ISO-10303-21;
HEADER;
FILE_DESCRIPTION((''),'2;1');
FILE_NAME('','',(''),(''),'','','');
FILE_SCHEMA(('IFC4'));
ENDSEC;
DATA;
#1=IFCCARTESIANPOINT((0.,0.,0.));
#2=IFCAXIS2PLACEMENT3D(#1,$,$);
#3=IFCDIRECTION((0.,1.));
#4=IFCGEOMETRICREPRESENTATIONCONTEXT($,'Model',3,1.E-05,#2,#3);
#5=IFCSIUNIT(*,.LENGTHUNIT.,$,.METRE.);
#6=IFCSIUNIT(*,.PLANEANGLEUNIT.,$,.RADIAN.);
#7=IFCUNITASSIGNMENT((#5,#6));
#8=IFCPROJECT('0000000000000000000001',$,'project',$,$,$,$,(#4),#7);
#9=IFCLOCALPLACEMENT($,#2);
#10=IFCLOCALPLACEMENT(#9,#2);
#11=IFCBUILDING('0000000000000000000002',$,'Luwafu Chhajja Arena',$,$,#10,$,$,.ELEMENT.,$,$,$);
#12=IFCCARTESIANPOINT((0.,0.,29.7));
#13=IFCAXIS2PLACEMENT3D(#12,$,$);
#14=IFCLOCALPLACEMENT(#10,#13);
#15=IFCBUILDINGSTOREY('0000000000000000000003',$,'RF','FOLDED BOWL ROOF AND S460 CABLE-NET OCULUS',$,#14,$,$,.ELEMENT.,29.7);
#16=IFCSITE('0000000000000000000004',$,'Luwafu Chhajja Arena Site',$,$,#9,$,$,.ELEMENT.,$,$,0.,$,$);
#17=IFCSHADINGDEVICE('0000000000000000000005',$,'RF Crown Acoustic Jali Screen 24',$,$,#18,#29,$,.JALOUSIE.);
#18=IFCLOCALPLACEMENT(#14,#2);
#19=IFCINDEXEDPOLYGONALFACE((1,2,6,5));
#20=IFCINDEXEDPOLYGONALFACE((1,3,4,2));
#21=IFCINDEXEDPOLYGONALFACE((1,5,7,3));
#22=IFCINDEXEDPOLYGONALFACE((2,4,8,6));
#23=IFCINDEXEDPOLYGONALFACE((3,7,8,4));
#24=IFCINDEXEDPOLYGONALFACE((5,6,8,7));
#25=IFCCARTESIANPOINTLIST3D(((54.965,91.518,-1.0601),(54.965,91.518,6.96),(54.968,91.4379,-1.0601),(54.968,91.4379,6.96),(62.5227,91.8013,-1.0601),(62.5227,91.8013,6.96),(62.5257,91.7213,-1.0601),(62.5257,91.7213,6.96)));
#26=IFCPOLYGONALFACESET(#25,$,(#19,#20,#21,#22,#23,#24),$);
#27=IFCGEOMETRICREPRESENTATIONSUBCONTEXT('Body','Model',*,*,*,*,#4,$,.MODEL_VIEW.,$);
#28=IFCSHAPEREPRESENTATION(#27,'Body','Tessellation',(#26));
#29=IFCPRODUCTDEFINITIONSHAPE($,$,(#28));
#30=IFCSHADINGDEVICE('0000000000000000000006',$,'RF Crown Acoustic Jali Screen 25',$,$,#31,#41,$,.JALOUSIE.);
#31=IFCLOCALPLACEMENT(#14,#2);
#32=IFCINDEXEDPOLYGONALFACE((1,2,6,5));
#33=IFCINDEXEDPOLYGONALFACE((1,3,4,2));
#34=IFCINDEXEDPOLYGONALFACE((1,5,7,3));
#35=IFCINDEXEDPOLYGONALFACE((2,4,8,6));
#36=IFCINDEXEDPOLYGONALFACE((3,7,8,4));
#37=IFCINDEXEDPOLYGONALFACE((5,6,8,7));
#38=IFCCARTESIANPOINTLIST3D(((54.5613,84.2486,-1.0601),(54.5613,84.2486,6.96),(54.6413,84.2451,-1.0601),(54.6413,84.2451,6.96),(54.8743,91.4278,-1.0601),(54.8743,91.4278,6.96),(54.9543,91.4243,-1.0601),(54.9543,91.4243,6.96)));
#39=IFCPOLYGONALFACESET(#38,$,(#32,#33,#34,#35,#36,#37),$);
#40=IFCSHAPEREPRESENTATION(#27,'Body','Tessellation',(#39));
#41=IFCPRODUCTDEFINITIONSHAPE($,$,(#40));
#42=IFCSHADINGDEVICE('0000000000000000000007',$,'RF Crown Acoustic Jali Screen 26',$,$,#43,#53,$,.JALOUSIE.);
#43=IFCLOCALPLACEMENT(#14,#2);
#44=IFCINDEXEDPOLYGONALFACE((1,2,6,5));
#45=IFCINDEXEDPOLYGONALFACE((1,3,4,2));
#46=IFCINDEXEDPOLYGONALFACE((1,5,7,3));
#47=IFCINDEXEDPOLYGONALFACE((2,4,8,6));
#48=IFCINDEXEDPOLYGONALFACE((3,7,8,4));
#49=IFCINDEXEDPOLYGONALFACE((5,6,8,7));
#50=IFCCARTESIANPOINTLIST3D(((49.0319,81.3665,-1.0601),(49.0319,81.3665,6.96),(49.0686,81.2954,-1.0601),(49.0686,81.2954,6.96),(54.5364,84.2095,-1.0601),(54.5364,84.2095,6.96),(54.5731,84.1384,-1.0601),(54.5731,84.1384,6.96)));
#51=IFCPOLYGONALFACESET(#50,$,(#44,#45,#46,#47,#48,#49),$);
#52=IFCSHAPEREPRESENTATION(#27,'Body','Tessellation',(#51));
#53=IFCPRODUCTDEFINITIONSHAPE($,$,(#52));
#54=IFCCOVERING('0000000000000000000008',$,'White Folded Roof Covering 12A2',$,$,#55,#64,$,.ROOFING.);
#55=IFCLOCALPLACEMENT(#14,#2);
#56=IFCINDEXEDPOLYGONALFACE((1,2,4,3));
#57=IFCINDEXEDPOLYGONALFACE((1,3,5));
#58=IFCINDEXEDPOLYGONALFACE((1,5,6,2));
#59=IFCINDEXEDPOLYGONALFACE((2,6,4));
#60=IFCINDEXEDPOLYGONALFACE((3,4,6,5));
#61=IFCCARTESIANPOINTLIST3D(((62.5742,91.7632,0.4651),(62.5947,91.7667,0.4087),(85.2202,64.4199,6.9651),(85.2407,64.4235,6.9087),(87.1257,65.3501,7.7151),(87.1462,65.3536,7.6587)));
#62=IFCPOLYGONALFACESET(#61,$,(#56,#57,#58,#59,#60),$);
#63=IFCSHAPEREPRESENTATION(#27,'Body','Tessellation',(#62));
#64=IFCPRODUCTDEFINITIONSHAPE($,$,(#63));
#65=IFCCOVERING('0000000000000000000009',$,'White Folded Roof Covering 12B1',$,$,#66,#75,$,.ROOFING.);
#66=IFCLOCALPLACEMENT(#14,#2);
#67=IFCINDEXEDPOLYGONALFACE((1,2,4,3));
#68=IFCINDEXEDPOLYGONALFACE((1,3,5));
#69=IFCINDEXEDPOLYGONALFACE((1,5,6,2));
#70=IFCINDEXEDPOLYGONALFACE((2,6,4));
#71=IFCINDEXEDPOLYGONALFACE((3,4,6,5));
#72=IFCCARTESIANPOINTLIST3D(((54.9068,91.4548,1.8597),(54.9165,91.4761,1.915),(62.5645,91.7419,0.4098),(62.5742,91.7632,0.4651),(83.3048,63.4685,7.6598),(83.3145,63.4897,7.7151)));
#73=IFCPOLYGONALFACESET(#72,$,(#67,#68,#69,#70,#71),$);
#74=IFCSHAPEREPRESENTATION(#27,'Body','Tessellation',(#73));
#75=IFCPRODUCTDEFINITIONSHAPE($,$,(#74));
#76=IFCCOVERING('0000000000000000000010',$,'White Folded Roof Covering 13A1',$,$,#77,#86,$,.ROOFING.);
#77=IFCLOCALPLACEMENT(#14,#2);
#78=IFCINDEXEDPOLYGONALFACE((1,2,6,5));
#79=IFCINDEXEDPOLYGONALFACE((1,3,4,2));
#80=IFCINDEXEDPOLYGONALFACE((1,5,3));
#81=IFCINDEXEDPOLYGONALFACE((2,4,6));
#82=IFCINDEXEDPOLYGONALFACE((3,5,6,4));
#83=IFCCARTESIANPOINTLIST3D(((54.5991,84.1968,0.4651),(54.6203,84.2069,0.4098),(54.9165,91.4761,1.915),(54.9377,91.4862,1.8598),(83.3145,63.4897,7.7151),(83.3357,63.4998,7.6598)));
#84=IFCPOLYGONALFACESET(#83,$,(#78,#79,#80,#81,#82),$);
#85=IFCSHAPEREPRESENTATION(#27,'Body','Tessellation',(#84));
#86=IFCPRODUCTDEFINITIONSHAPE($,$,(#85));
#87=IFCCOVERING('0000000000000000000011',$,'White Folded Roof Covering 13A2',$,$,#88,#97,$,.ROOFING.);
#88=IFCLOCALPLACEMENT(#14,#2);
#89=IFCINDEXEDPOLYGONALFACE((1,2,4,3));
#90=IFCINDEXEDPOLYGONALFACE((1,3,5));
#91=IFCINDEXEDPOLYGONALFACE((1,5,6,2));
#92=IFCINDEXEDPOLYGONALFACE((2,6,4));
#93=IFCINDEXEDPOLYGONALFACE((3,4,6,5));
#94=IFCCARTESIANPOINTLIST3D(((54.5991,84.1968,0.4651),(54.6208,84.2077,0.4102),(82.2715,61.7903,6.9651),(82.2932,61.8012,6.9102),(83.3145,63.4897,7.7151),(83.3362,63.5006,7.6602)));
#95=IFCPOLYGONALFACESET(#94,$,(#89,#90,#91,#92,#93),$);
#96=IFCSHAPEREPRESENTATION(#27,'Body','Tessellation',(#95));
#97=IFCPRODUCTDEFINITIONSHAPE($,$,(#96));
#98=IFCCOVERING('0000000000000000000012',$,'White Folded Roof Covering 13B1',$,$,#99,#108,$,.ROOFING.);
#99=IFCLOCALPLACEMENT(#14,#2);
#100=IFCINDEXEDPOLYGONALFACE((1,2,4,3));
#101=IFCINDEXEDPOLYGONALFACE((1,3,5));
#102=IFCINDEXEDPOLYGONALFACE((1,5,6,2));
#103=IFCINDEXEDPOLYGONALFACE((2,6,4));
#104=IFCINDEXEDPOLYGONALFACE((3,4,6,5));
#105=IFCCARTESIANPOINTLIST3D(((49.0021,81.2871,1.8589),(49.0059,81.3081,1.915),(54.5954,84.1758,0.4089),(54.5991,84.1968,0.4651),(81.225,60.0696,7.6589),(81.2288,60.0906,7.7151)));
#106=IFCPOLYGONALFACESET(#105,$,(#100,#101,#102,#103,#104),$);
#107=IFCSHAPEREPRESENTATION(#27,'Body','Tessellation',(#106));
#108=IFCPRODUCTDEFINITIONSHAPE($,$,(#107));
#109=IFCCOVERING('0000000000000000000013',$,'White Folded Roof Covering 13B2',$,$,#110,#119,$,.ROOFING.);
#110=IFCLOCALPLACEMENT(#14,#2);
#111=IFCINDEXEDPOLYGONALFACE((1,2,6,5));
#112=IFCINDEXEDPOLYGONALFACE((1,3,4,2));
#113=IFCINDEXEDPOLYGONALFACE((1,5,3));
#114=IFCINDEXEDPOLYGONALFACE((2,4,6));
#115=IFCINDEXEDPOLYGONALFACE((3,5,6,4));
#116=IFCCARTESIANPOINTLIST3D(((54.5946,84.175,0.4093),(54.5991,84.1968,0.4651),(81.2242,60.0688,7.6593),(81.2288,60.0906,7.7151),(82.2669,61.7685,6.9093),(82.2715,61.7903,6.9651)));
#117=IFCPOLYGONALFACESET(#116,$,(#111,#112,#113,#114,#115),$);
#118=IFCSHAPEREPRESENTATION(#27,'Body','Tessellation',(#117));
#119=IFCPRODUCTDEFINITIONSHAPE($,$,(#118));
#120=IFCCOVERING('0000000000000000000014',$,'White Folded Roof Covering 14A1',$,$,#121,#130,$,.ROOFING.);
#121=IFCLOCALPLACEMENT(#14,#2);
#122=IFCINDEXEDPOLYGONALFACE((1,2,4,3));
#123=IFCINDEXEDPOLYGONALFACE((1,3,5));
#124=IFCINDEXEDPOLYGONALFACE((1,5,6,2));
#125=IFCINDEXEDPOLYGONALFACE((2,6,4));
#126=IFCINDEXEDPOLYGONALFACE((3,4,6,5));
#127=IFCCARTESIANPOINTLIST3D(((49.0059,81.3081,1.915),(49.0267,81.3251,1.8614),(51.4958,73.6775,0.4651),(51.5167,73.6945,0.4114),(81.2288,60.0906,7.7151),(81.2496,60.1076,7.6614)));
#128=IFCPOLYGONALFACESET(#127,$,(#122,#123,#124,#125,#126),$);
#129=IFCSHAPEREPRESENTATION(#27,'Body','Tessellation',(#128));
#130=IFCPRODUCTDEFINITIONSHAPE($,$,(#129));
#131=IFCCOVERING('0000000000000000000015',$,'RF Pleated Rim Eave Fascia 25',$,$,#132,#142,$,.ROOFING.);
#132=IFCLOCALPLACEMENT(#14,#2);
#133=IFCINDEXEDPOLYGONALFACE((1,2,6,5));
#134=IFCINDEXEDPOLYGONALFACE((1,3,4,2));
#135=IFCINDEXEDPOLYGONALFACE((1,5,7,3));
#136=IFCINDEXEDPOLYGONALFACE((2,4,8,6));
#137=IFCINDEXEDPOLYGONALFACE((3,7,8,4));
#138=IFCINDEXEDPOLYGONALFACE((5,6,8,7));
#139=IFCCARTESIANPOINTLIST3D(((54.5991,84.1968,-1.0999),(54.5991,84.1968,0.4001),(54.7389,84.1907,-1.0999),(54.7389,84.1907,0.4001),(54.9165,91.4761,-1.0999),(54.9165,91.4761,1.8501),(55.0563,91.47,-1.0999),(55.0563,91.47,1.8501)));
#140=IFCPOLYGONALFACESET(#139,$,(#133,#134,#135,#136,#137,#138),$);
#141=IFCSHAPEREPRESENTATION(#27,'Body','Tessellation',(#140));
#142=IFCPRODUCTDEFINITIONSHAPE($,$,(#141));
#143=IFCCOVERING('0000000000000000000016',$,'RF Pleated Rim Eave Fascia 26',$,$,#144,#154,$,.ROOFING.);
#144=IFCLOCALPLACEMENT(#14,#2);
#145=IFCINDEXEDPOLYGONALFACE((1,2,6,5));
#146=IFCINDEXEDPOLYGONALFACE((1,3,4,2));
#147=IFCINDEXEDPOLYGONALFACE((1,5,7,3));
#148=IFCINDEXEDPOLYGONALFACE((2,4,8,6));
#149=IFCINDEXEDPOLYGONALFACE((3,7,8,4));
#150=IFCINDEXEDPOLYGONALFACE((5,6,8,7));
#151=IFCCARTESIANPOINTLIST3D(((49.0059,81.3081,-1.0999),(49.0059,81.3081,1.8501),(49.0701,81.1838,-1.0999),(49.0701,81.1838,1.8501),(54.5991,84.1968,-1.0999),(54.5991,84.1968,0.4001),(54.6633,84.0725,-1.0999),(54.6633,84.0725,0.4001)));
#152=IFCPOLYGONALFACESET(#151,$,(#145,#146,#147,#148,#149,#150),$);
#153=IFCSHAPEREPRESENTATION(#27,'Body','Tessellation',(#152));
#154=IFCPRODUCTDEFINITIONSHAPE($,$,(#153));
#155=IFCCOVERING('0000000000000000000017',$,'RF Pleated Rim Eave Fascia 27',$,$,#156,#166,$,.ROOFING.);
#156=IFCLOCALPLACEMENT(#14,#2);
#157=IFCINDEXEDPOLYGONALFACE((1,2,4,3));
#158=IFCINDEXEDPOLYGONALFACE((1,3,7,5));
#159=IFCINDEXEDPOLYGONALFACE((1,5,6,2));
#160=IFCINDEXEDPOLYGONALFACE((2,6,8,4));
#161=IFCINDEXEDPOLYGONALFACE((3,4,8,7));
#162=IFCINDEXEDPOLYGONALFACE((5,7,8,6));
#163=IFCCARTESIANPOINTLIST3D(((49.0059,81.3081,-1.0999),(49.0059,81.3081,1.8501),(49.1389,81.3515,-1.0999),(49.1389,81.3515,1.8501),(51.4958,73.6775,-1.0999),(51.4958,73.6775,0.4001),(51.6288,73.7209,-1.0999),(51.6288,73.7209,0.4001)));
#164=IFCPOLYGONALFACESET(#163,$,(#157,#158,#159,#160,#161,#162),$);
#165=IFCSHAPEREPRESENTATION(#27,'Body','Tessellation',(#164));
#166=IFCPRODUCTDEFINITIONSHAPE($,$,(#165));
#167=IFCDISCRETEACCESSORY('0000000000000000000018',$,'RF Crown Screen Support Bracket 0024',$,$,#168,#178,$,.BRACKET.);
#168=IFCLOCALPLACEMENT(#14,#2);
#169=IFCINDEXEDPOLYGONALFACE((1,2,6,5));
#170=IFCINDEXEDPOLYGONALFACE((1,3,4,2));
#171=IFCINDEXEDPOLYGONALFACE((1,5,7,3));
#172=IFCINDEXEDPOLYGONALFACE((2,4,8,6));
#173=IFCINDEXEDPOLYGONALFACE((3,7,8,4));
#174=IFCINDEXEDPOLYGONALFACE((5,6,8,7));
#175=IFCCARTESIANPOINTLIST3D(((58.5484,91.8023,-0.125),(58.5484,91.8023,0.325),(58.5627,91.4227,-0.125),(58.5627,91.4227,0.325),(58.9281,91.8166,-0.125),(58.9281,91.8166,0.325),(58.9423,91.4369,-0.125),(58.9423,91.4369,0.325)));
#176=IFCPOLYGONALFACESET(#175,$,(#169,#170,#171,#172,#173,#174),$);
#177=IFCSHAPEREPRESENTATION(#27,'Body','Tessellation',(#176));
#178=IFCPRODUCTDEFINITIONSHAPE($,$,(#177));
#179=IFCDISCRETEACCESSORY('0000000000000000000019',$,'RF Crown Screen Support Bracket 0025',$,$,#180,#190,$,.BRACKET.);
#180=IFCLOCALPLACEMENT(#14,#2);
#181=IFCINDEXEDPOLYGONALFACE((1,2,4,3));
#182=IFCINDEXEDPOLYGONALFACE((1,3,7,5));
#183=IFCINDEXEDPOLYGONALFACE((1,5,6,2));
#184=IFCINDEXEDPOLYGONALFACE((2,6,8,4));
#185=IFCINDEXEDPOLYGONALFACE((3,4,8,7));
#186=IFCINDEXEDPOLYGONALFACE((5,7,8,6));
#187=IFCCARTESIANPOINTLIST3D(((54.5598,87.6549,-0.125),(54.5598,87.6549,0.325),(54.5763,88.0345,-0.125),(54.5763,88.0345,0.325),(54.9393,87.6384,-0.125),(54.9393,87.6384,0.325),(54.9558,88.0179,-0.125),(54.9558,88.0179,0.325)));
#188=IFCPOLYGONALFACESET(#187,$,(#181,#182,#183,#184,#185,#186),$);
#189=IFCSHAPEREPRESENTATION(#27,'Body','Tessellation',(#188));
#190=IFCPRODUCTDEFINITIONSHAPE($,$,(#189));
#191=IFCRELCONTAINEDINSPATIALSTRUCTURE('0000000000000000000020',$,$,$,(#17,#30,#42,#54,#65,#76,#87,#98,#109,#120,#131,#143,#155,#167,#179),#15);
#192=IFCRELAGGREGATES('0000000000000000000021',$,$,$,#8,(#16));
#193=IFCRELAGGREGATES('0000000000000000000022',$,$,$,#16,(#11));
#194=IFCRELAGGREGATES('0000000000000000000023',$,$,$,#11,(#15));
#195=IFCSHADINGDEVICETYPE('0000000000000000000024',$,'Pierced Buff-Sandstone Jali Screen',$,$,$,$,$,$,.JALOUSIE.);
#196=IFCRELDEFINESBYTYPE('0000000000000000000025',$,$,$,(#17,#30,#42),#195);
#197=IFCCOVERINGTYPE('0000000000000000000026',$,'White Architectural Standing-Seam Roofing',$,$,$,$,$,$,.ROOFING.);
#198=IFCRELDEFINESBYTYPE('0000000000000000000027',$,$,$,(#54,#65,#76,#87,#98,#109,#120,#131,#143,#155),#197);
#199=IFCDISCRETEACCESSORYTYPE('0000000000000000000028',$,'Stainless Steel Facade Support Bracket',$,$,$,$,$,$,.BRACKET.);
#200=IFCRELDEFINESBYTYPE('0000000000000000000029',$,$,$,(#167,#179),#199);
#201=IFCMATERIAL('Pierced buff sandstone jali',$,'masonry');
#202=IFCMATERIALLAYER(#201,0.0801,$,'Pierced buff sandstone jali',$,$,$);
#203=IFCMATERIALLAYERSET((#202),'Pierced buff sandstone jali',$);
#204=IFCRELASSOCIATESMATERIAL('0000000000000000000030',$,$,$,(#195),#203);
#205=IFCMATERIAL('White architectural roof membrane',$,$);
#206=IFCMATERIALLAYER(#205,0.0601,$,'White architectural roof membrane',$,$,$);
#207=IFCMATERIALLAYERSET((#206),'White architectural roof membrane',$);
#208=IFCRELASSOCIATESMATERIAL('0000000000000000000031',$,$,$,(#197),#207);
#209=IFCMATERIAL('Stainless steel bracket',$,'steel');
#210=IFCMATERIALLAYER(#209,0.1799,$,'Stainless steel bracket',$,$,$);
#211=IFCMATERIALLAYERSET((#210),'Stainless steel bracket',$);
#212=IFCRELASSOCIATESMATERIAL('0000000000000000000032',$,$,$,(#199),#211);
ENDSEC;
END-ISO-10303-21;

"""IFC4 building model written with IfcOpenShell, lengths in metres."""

from ifc_helpers import new_model, si_unit, direction, frame, origin, origin_2d, place, context, subcontext, project, spatial, polyline, rectangle, outline, extrude, material, layer, layer_set, type_object, element, save


model = new_model("IFC4")

# Units and contexts
model_context = context("Model", 3, precision=1e-05, world=origin(), true_north=direction((0.0, 1.0)))
body_context = subcontext(model_context, "Body", "Model", "MODEL_VIEW")
ifc_project = project(units=[si_unit("LENGTHUNIT", "METRE"), si_unit("PLANEANGLEUNIT", "RADIAN")], contexts=[model_context])

# Site, building, storey
site_placement = place(None, origin())
site = spatial("IfcSite", under=ifc_project, at=site_placement, Name="Luwafu Chhajja Arena Site", CompositionType="ELEMENT", RefElevation=0.0)
building_placement = place(site_placement, origin())
building = spatial("IfcBuilding", under=site, at=building_placement, Name="Luwafu Chhajja Arena", CompositionType="ELEMENT")
storey_placement = place(building_placement, frame((0.0, 0.0, 29.7)))
storey = spatial("IfcBuildingStorey", under=building, at=storey_placement, Name="RF", Description="FOLDED BOWL ROOF AND S460 CABLE-NET OCULUS", CompositionType="ELEMENT", Elevation=29.7)

# Shading devices
ifc_material_1 = material(Name="Pierced buff sandstone jali", Category="masonry")
ifc_layer_1 = layer(ifc_material_1, 0.0801, Name="Pierced buff sandstone jali")
ifc_layer_set_1 = layer_set([ifc_layer_1], Name="Pierced buff sandstone jali")
shading_device_type = type_object("IfcShadingDeviceType", Name="Pierced Buff-Sandstone Jali Screen", PredefinedType="JALOUSIE", material=ifc_layer_set_1)
shading_device_1_placement = place(storey_placement, frame((58.7454, 91.6196, -1.0601), z_axis=(0.0, 0.0, 1.0), x_axis=(-0.999298, -0.037465, 0.0)))
element("IfcShadingDevice", 1, at=shading_device_1_placement, inside=storey, type_object=shading_device_type, Name="RF Crown Acoustic Jali Screen 24", PredefinedType="JALOUSIE", context=body_context, shape_type="SweptSolid", body=[
    extrude(rectangle(XDim=7.563, YDim=0.0801, at=origin_2d()), origin(), (0.0, 0.0, 1.0), 8.02),
])
shading_device_2_placement = place(storey_placement, frame((54.7578, 87.8364, -1.0601), z_axis=(0.0, 0.0, 1.0), x_axis=(-0.043562, -0.999051, 0.0)))
element("IfcShadingDevice", 2, at=shading_device_2_placement, inside=storey, type_object=shading_device_type, Name="RF Crown Acoustic Jali Screen 25", PredefinedType="JALOUSIE", context=body_context, shape_type="SweptSolid", body=[
    extrude(rectangle(XDim=7.186, YDim=0.0801, at=origin_2d()), origin(), (0.0, 0.0, 1.0), 8.02),
])
shading_device_3_placement = place(storey_placement, frame((51.8025, 82.7524, -1.0601), z_axis=(0.0, 0.0, 1.0), x_axis=(-0.888492, -0.458892, 0.0)))
element("IfcShadingDevice", 3, at=shading_device_3_placement, inside=storey, type_object=shading_device_type, Name="RF Crown Acoustic Jali Screen 26", PredefinedType="JALOUSIE", context=body_context, shape_type="SweptSolid", body=[
    extrude(rectangle(XDim=6.1953, YDim=0.0801, at=origin_2d()), origin(), (0.0, 0.0, 1.0), 8.02),
])

# Coverings
ifc_material_2 = material(Name="White architectural roof membrane")
ifc_layer_2 = layer(ifc_material_2, 0.0601, Name="White architectural roof membrane")
ifc_layer_set_2 = layer_set([ifc_layer_2], Name="White architectural roof membrane")
covering_type = type_object("IfcCoveringType", Name="White Architectural Standing-Seam Roofing", PredefinedType="ROOFING", material=ifc_layer_set_2)
covering_1_placement = place(storey_placement, frame((62.5742, 91.7632, 0.4651), z_axis=(-0.340549, -0.058977, 0.938375), x_axis=(0.627425, -0.757566, 0.180088)))
element("IfcCovering", 4, at=covering_1_placement, inside=storey, type_object=covering_type, Name="White Folded Roof Covering 12A2", PredefinedType="ROOFING", context=body_context, shape_type="SweptSolid", body=[
    extrude(outline(polyline([(0.0, 0.0), (36.0936, 0.0), (36.7195, 2.1603), (0.0, 0.0)])), origin(), (0.0, 0.0, -1.0), 0.0601),
])
covering_2_placement = place(storey_placement, frame((62.5742, 91.7632, 0.4651), z_axis=(0.161121, 0.354388, 0.921113), x_axis=(-0.981876, -0.036813, 0.185914)))
element("IfcCovering", 5, at=covering_2_placement, inside=storey, type_object=covering_type, Name="White Folded Roof Covering 12B1", PredefinedType="ROOFING", context=body_context, shape_type="SweptSolid", body=[
    extrude(outline(polyline([(0.0, 0.0), (7.7991, 0.0), (-17.9756, 30.9675), (0.0, 0.0)])), origin(), (0.0, 0.0, -1.0), 0.0601),
])
covering_3_placement = place(storey_placement, frame((54.9165, 91.4761, 1.915), z_axis=(-0.353423, -0.167898, 0.920273), x_axis=(-0.042722, -0.979838, -0.195172)))
element("IfcCovering", 6, at=covering_3_placement, inside=storey, type_object=covering_type, Name="White Folded Roof Covering 13A1", PredefinedType="ROOFING", context=body_context, shape_type="SweptSolid", body=[
    extrude(outline(polyline([(0.0, 0.0), (7.4291, 0.0), (25.0769, 31.5352), (0.0, 0.0)])), origin(), (0.0, 0.0, -1.0), 0.0601),
])
covering_4_placement = place(storey_placement, frame((54.5991, 84.1968, 0.4651), z_axis=(-0.361773, -0.181527, 0.914422), x_axis=(0.764541, -0.619054, 0.179584)))
element("IfcCovering", 7, at=covering_4_placement, inside=storey, type_object=covering_type, Name="White Folded Roof Covering 13A2", PredefinedType="ROOFING", context=body_context, shape_type="SweptSolid", body=[
    extrude(outline(polyline([(0.0, 0.0), (36.1948, 0.0), (36.0748, 2.127), (0.0, 0.0)])), origin(), (0.0, 0.0, -1.0), 0.0601),
])
covering_5_placement = place(storey_placement, frame((54.5991, 84.1968, 0.4651), z_axis=(0.061853, 0.349499, 0.934893), x_axis=(-0.865832, -0.447164, 0.224451)))
element("IfcCovering", 8, at=covering_5_placement, inside=storey, type_object=covering_type, Name="White Folded Roof Covering 13B1", PredefinedType="ROOFING", context=body_context, shape_type="SweptSolid", body=[
    extrude(outline(polyline([(0.0, 0.0), (6.46, 0.0), (-10.6501, 35.0626), (0.0, 0.0)])), origin(), (0.0, 0.0, -1.0), 0.0601),
])
covering_6_placement = place(storey_placement, frame((54.5991, 84.1968, 0.4651), z_axis=(0.075937, 0.363172, 0.928623), x_axis=(0.726705, -0.657842, 0.197848)))
element("IfcCovering", 9, at=covering_6_placement, inside=storey, type_object=covering_type, Name="White Folded Roof Covering 13B2", PredefinedType="ROOFING", context=body_context, shape_type="SweptSolid", body=[
    extrude(outline(polyline([(0.0, 0.0), (36.6444, 0.0), (36.1356, 2.0688), (0.0, 0.0)])), origin(), (0.0, 0.0, -1.0), 0.0601),
])
covering_7_placement = place(storey_placement, frame((49.0059, 81.3081, 1.915), z_axis=(-0.347395, -0.283222, 0.893925), x_axis=(0.305276, -0.935524, -0.177766)))
element("IfcCovering", 10, at=covering_7_placement, inside=storey, type_object=covering_type, Name="White Folded Roof Covering 14A1", PredefinedType="ROOFING", context=body_context, shape_type="SweptSolid", body=[
    extrude(outline(polyline([(0.0, 0.0), (8.1565, 0.0), (28.6553, 26.4766), (0.0, 0.0)])), origin(), (0.0, 0.0, -1.0), 0.0601),
])
covering_8_placement = place(storey_placement, frame((54.9165, 91.4761, -1.0999), z_axis=(-0.999051, 0.043559, 0.0), x_axis=(-0.043559, -0.999051, 0.0)))
element("IfcCovering", 11, at=covering_8_placement, inside=storey, type_object=covering_type, Name="RF Pleated Rim Eave Fascia 25", PredefinedType="ROOFING", context=body_context, shape_type="SweptSolid", body=[
    extrude(outline(polyline([(0.0, 0.0), (7.2862, 0.0), (7.2862, 1.5), (0.0, 2.95), (0.0, 0.0)])), origin(), (0.0, 0.0, -1.0), 0.1399),
])
covering_9_placement = place(storey_placement, frame((54.5991, 84.1968, -1.0999), z_axis=(-0.458872, 0.888502, 0.0), x_axis=(-0.888502, -0.458872, 0.0)))
element("IfcCovering", 12, at=covering_9_placement, inside=storey, type_object=covering_type, Name="RF Pleated Rim Eave Fascia 26", PredefinedType="ROOFING", context=body_context, shape_type="SweptSolid", body=[
    extrude(outline(polyline([(0.0, 0.0), (6.2952, 0.0), (6.2952, 2.95), (0.0, 1.5), (0.0, 0.0)])), origin(), (0.0, 0.0, -1.0), 0.1399),
])
covering_10_placement = place(storey_placement, frame((49.0059, 81.3081, -1.0999), z_axis=(-0.950666, -0.310217, 0.0), x_axis=(0.310217, -0.950666, 0.0)))
element("IfcCovering", 13, at=covering_10_placement, inside=storey, type_object=covering_type, Name="RF Pleated Rim Eave Fascia 27", PredefinedType="ROOFING", context=body_context, shape_type="SweptSolid", body=[
    extrude(outline(polyline([(0.0, 0.0), (8.0266, 0.0), (8.0266, 1.5), (0.0, 2.95), (0.0, 0.0)])), origin(), (0.0, 0.0, -1.0), 0.1399),
])

# Discrete accessories
ifc_material_3 = material(Name="Stainless steel bracket", Category="steel")
ifc_layer_3 = layer(ifc_material_3, 0.1799, Name="Stainless steel bracket")
ifc_layer_set_3 = layer_set([ifc_layer_3], Name="Stainless steel bracket")
discrete_accessory_type = type_object("IfcDiscreteAccessoryType", Name="Stainless Steel Facade Support Bracket", PredefinedType="BRACKET", material=ifc_layer_set_3)
for number, where, z_axis, x_axis, name in (
    (14, (58.7454, 91.6196, -0.125), (0.0, 0.0, 1.0), (-0.999298, -0.037465, 0.0), "RF Crown Screen Support Bracket 0024"),
    (15, (54.7578, 87.8364, -0.125), (0.0, 0.0, 1.0), (-0.043562, -0.999051, 0.0), "RF Crown Screen Support Bracket 0025"),
):
    element("IfcDiscreteAccessory", number, at=place(storey_placement, frame(where, z_axis=z_axis, x_axis=x_axis)), inside=storey, type_object=discrete_accessory_type, Name=name, PredefinedType="BRACKET", context=body_context, shape_type="SweptSolid", body=[
        extrude(rectangle(XDim=0.3799, YDim=0.3799, at=origin_2d()), origin(), (0.0, 0.0, 1.0), 0.45),
    ])

save(model, "model.ifc")
